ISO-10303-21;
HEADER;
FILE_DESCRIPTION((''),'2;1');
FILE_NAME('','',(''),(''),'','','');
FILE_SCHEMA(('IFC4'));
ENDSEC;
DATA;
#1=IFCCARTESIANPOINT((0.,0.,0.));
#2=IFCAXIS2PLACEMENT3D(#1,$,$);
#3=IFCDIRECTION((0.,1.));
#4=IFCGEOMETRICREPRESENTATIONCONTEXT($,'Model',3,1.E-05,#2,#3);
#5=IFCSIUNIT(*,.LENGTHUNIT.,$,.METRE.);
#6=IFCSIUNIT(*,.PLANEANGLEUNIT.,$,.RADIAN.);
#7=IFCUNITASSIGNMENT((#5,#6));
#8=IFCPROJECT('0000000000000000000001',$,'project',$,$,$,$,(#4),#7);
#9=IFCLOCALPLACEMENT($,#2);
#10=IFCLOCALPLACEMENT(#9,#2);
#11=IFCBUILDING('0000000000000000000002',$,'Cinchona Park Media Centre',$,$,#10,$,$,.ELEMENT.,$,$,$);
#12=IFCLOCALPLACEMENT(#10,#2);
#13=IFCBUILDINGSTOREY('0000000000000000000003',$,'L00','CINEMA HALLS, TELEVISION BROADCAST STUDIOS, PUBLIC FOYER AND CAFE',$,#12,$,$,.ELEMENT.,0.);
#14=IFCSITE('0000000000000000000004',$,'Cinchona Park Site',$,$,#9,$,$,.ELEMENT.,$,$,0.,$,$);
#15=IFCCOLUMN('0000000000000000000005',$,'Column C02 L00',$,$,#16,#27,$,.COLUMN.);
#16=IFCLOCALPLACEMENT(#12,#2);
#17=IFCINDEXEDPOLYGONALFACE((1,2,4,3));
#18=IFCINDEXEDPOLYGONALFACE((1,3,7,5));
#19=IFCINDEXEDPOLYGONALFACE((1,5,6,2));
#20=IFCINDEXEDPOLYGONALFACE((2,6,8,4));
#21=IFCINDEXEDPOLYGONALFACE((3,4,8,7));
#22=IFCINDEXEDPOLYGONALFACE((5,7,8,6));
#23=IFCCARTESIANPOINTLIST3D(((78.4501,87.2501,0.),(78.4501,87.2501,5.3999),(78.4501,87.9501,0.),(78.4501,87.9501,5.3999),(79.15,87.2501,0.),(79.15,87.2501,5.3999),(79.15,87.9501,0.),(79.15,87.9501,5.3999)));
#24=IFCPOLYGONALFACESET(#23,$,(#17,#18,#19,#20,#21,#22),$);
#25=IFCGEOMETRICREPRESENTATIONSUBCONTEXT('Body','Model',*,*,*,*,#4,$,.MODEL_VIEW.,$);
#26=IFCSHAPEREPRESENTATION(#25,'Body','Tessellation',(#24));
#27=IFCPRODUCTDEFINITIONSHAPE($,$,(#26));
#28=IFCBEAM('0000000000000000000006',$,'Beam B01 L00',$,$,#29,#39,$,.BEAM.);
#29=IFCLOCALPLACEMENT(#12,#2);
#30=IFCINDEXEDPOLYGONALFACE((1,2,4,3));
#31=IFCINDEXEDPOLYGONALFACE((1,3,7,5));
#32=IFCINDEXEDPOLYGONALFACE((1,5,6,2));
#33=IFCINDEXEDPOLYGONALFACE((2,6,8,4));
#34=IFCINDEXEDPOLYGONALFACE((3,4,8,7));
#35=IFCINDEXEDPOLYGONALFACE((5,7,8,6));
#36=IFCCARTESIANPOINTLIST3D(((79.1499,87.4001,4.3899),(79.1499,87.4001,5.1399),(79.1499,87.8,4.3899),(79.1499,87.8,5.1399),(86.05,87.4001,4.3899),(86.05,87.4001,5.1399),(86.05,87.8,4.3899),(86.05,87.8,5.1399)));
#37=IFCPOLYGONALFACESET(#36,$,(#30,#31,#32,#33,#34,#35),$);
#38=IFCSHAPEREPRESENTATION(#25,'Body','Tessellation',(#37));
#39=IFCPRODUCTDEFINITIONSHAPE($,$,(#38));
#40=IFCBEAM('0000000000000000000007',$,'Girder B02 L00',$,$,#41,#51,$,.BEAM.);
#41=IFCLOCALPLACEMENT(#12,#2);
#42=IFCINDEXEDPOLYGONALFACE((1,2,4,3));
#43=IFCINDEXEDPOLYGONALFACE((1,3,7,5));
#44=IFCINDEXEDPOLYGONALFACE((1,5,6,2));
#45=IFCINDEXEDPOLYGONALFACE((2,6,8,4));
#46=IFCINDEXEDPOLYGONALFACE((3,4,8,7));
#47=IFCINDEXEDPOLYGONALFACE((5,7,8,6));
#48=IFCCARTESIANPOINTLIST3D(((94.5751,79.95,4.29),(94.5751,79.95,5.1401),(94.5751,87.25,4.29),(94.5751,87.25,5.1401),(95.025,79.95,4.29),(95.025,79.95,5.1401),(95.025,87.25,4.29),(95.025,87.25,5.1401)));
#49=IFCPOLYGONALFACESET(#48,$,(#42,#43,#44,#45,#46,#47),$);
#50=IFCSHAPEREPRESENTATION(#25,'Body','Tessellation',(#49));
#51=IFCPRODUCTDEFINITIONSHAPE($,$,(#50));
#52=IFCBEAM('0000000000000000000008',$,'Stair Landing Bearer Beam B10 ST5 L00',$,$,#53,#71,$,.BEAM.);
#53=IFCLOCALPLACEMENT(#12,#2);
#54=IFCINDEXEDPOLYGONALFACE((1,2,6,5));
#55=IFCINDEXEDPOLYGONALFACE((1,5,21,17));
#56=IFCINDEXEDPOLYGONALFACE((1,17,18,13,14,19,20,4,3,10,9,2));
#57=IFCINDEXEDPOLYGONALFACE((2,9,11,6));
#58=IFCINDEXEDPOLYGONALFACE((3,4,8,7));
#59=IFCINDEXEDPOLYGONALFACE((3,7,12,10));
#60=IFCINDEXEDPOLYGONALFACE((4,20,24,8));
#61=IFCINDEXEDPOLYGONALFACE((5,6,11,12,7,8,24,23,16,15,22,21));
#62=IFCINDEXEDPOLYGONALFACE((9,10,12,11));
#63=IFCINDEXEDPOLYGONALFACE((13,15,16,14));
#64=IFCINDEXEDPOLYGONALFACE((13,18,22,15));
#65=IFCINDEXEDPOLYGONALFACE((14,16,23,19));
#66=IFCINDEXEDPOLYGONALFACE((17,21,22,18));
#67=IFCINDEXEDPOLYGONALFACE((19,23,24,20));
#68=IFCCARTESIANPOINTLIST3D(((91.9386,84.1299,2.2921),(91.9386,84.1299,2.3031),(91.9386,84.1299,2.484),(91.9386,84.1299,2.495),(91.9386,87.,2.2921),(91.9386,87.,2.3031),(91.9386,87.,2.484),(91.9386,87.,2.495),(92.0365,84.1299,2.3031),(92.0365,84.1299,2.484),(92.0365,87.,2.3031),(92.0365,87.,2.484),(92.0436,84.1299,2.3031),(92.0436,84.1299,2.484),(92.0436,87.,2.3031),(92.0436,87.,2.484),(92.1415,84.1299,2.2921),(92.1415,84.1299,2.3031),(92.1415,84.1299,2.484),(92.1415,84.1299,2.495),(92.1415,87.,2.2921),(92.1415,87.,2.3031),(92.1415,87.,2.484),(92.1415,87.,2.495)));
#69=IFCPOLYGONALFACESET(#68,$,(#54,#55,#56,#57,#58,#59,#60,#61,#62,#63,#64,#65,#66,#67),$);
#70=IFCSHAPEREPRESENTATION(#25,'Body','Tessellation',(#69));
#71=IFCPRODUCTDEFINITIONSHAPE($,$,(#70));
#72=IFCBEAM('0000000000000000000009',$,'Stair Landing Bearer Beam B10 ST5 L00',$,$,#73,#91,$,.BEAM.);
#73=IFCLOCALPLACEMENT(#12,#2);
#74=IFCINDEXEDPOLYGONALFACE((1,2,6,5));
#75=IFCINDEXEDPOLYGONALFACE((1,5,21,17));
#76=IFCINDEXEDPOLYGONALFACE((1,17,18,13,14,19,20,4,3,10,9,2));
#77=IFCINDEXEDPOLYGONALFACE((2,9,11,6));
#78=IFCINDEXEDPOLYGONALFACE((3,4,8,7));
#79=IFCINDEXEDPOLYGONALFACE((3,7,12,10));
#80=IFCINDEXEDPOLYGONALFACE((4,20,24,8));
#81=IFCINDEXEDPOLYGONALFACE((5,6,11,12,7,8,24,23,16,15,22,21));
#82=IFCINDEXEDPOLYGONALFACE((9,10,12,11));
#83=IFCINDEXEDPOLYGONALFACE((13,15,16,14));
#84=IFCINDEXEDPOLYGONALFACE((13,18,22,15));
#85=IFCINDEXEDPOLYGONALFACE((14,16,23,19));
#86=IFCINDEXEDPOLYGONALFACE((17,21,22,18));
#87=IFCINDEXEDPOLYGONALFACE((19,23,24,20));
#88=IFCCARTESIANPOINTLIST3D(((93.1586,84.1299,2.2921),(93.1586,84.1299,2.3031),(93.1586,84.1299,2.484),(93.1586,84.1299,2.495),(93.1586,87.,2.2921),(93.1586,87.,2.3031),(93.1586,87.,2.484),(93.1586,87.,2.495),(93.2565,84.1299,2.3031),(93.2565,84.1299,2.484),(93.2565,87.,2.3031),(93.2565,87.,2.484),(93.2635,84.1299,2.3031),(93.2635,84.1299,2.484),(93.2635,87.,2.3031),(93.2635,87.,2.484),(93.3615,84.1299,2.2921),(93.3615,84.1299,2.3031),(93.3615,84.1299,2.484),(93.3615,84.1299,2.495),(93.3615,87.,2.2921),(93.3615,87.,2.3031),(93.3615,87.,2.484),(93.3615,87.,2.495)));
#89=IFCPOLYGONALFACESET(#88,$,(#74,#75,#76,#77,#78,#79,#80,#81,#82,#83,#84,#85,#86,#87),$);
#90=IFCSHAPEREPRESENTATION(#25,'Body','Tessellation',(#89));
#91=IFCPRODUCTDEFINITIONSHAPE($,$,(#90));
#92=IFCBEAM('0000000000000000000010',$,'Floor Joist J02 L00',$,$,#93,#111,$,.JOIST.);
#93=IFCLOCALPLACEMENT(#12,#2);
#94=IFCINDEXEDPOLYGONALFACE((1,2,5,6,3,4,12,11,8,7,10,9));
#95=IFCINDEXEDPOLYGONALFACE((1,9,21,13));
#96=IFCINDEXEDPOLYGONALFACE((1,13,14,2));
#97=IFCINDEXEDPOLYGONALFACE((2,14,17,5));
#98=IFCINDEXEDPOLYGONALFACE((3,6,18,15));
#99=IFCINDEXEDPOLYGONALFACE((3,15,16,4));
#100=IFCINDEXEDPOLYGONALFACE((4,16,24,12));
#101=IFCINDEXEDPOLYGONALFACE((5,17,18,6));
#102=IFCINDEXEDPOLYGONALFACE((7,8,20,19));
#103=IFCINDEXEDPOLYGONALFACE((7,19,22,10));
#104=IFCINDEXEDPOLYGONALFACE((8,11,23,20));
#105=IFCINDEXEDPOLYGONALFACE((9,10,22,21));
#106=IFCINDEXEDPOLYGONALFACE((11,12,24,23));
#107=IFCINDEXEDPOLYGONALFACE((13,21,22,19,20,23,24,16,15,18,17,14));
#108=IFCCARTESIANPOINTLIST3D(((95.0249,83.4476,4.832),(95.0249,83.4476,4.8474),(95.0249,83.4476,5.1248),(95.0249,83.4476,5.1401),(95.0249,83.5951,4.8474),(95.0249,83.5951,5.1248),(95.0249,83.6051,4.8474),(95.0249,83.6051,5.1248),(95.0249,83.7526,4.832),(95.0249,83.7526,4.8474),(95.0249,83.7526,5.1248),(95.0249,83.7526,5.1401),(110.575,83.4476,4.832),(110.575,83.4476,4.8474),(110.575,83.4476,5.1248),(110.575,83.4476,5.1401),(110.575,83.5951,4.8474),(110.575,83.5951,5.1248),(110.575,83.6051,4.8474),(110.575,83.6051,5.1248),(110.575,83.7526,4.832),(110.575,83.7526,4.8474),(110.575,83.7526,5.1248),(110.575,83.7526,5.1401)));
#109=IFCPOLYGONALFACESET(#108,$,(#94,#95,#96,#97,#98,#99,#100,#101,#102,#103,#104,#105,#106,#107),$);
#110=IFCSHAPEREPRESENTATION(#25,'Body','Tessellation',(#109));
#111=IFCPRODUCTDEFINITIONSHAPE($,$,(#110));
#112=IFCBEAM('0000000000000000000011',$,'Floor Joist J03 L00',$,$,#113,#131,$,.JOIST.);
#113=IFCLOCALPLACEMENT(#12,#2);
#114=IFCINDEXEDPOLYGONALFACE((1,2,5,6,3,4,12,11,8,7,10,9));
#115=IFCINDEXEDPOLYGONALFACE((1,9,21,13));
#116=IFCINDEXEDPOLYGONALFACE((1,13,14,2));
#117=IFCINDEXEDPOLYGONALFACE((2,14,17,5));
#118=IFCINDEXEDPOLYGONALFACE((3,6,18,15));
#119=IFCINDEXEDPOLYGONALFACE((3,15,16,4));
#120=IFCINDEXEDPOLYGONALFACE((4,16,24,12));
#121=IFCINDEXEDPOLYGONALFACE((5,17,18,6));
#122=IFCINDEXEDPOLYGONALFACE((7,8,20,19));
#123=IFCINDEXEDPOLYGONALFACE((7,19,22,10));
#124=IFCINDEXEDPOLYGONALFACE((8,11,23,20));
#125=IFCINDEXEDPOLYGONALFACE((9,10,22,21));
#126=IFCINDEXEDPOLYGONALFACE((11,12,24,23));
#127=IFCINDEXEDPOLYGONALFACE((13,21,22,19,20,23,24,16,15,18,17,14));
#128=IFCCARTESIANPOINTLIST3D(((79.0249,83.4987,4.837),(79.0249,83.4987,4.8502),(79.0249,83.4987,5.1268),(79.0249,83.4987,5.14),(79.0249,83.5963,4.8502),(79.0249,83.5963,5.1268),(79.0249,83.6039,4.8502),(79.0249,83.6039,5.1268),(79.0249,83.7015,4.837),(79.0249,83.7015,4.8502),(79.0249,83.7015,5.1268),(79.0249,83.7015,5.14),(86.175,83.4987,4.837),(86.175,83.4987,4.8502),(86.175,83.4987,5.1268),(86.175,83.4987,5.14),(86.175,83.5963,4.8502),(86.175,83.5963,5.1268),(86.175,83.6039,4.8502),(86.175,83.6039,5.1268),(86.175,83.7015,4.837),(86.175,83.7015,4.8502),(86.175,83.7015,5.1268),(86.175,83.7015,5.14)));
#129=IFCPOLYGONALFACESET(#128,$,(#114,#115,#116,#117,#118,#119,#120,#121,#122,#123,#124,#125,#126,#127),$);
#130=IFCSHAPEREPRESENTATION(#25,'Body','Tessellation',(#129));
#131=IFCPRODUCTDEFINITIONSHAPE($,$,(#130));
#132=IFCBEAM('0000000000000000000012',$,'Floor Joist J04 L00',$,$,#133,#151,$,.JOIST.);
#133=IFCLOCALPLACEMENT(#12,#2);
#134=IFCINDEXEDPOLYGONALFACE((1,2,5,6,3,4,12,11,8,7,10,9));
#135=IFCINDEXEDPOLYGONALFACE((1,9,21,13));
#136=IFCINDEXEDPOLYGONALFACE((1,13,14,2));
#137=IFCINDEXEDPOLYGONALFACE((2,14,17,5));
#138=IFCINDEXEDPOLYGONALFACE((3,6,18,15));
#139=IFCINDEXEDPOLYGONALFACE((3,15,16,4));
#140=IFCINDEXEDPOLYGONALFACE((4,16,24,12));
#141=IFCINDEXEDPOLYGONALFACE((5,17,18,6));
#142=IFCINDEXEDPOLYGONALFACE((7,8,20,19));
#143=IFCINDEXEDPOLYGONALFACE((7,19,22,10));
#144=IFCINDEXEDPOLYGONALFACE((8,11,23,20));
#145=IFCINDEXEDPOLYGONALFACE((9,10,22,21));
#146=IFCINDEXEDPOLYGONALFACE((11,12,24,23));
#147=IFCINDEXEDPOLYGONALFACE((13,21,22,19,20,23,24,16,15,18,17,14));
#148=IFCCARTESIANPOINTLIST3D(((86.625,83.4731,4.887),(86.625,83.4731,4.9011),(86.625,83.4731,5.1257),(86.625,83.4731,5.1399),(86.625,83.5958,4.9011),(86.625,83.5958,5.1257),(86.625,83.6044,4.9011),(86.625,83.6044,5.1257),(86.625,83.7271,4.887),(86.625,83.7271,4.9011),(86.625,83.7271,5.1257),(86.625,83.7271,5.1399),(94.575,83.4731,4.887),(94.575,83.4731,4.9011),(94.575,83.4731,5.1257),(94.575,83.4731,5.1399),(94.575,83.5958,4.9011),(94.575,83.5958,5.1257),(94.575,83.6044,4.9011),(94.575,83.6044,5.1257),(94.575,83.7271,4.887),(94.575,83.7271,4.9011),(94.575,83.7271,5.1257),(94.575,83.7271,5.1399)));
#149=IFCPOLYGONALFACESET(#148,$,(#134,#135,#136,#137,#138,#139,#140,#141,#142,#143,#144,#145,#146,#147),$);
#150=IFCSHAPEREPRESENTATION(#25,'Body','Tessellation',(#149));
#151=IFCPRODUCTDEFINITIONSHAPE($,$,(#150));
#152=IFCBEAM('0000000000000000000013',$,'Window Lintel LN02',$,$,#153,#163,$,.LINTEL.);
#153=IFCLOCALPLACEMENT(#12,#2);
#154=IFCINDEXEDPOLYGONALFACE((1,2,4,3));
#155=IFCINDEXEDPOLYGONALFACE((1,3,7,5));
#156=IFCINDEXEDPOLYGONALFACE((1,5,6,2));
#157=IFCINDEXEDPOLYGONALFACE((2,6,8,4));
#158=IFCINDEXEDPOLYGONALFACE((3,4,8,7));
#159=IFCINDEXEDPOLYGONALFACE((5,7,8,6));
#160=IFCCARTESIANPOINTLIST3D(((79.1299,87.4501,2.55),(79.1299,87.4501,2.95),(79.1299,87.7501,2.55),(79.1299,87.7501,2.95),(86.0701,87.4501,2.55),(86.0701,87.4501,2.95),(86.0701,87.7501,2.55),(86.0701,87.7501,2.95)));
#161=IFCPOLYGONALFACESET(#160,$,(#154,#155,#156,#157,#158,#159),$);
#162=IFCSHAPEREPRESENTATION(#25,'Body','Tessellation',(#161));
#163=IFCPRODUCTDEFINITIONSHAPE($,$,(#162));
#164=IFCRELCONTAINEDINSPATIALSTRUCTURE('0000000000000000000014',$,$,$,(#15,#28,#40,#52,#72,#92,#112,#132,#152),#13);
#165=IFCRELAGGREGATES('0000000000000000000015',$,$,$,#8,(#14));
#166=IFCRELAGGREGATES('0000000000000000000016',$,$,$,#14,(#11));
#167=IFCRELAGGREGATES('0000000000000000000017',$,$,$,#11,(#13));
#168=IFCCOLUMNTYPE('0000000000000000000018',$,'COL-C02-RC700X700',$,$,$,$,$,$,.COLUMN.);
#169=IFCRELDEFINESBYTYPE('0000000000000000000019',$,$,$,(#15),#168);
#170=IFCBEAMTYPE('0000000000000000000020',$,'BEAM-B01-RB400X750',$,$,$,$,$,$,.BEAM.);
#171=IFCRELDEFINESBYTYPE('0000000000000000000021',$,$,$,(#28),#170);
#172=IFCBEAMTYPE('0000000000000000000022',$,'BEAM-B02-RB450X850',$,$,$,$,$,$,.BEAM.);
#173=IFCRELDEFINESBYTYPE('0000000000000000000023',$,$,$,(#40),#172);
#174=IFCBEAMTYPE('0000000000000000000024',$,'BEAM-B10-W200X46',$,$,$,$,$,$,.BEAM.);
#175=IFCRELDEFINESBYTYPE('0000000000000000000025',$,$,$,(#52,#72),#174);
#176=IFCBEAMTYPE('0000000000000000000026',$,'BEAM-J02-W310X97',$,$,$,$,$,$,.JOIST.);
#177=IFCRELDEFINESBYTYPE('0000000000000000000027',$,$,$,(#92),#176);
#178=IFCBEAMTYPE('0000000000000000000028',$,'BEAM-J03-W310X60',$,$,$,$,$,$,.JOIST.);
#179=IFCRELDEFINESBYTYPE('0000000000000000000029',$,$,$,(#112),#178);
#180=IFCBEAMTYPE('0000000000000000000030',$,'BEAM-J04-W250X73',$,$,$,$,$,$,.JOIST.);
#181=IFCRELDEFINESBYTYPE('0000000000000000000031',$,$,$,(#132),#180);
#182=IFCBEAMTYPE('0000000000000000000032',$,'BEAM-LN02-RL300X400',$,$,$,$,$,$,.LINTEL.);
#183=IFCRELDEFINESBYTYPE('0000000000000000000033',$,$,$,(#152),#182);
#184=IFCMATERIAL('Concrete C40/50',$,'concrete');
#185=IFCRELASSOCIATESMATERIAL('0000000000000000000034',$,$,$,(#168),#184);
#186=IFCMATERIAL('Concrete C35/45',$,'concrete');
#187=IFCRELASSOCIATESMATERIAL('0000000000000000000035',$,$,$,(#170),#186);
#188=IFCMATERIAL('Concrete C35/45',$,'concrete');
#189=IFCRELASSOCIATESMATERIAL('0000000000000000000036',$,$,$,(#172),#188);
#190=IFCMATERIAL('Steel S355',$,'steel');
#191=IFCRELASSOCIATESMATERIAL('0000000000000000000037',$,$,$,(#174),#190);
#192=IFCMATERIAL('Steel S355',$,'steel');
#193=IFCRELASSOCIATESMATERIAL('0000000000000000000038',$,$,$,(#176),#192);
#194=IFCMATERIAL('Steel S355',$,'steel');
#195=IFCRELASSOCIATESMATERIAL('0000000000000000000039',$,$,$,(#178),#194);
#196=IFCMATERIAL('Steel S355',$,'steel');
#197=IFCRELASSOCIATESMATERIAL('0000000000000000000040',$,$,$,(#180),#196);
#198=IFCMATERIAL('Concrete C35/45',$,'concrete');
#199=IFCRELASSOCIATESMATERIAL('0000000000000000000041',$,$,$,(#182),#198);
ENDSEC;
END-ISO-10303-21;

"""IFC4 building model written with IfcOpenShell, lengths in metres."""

from ifc_helpers import new_model, si_unit, direction, frame, origin, origin_2d, place, context, subcontext, project, spatial, rectangle, i_section, extrude, material, material_profile, profile_set, type_object, element, save


model = new_model("IFC4")

# Units and contexts
model_context = context("Model", 3, precision=1e-05, world=origin(), true_north=direction((0.0, 1.0)))
body_context = subcontext(model_context, "Body", "Model", "MODEL_VIEW")
ifc_project = project(units=[si_unit("LENGTHUNIT", "METRE"), si_unit("PLANEANGLEUNIT", "RADIAN")], contexts=[model_context])

# Site, building, storey
site_placement = place(None, origin())
site = spatial("IfcSite", under=ifc_project, at=site_placement, Name="Cinchona Park Site", CompositionType="ELEMENT", RefElevation=0.0)
building_placement = place(site_placement, origin())
building = spatial("IfcBuilding", under=site, at=building_placement, Name="Cinchona Park Media Centre", CompositionType="ELEMENT")
storey_placement = place(building_placement, origin())
storey = spatial("IfcBuildingStorey", under=building, at=storey_placement, Name="L00", Description="CINEMA HALLS, TELEVISION BROADCAST STUDIOS, PUBLIC FOYER AND CAFE", CompositionType="ELEMENT", Elevation=0.0)

# Column
ifc_material_1 = material(Name="Concrete C40/50", Category="concrete")
ifc_material_profile_1 = material_profile(ifc_material_1, rectangle(XDim=0.7, YDim=0.7, at=origin_2d()), Name="RC 700X700")
ifc_profile_set_1 = profile_set([ifc_material_profile_1], Name="Concrete C40/50")
column_type = type_object("IfcColumnType", Name="COL-C02-RC700X700", PredefinedType="COLUMN", material=ifc_profile_set_1)
column_placement = place(storey_placement, frame((78.8, 87.6001, 0.0), z_axis=(0.0, 0.0, 1.0), x_axis=(1.0, 0.0, 0.0)))
element("IfcColumn", 1, at=column_placement, inside=storey, type_object=column_type, Name="Column C02 L00", PredefinedType="COLUMN", context=body_context, shape_type="SweptSolid", body=[
    extrude(rectangle(XDim=0.7, YDim=0.7, at=origin_2d()), origin(), (0.0, 0.0, 1.0), 5.3999),
])

# Beams
ifc_material_2 = material(Name="Concrete C35/45", Category="concrete")
ifc_material_profile_2 = material_profile(ifc_material_2, rectangle(XDim=0.3999, YDim=0.75, at=origin_2d()), Name="RB 400X750")
ifc_profile_set_2 = profile_set([ifc_material_profile_2], Name="Concrete C35/45")
beam_type_1 = type_object("IfcBeamType", Name="BEAM-B01-RB400X750", PredefinedType="BEAM", material=ifc_profile_set_2)
beam_1_placement = place(storey_placement, frame((79.1499, 87.6001, 4.7649), z_axis=(1.0, 0.0, 0.0), x_axis=(0.0, 1.0, 0.0)))
element("IfcBeam", 2, at=beam_1_placement, inside=storey, type_object=beam_type_1, Name="Beam B01 L00", PredefinedType="BEAM", context=body_context, shape_type="SweptSolid", body=[
    extrude(rectangle(XDim=0.3999, YDim=0.75, at=origin_2d()), origin(), (0.0, 0.0, 1.0), 6.9001),
])
ifc_material_3 = material(Name="Concrete C35/45", Category="concrete")
ifc_material_profile_3 = material_profile(ifc_material_3, rectangle(XDim=0.45, YDim=0.8501, at=origin_2d()), Name="RB 450X850")
ifc_profile_set_3 = profile_set([ifc_material_profile_3], Name="Concrete C35/45")
beam_type_2 = type_object("IfcBeamType", Name="BEAM-B02-RB450X850", PredefinedType="BEAM", material=ifc_profile_set_3)
beam_2_placement = place(storey_placement, frame((94.8, 79.95, 4.7151), z_axis=(0.0, 1.0, 0.0), x_axis=(-1.0, 0.0, 0.0)))
element("IfcBeam", 3, at=beam_2_placement, inside=storey, type_object=beam_type_2, Name="Girder B02 L00", PredefinedType="BEAM", context=body_context, shape_type="SweptSolid", body=[
    extrude(rectangle(XDim=0.45, YDim=0.8501, at=origin_2d()), origin(), (0.0, 0.0, 1.0), 7.3),
])
ifc_material_4 = material(Name="Steel S355", Category="steel")
ifc_material_profile_4 = material_profile(ifc_material_4, i_section(OverallWidth=0.2029, OverallDepth=0.2029, WebThickness=0.0071, FlangeThickness=0.011, at=origin_2d()), Name="W200X46")
ifc_profile_set_4 = profile_set([ifc_material_profile_4], Name="Steel S355")
beam_type_3 = type_object("IfcBeamType", Name="BEAM-B10-W200X46", PredefinedType="BEAM", material=ifc_profile_set_4)
for number, where, z_axis, x_axis, name in (
    (4, (92.04, 84.1299, 2.3936), (0.0, 1.0, 0.0), (-1.0, 0.0, 0.0), "Stair Landing Bearer Beam B10 ST5 L00"),
    (5, (93.26, 84.1299, 2.3936), (0.0, 1.0, 0.0), (-1.0, 0.0, 0.0), "Stair Landing Bearer Beam B10 ST5 L00"),
):
    element("IfcBeam", number, at=place(storey_placement, frame(where, z_axis=z_axis, x_axis=x_axis)), inside=storey, type_object=beam_type_3, Name=name, PredefinedType="BEAM", context=body_context, shape_type="SweptSolid", body=[
        extrude(i_section(OverallWidth=0.2029, OverallDepth=0.2029, WebThickness=0.0071, FlangeThickness=0.011, at=origin_2d()), origin(), (0.0, 0.0, 1.0), 2.8701),
    ])
ifc_material_5 = material(Name="Steel S355", Category="steel")
ifc_material_profile_5 = material_profile(ifc_material_5, i_section(OverallWidth=0.3049, OverallDepth=0.3081, WebThickness=0.01, FlangeThickness=0.0154, at=origin_2d()), Name="W310X97")
ifc_profile_set_5 = profile_set([ifc_material_profile_5], Name="Steel S355")
beam_type_4 = type_object("IfcBeamType", Name="BEAM-J02-W310X97", PredefinedType="JOIST", material=ifc_profile_set_5)
beam_3_placement = place(storey_placement, frame((95.0249, 83.6001, 4.9861), z_axis=(1.0, 0.0, 0.0), x_axis=(0.0, 1.0, 0.0)))
element("IfcBeam", 6, at=beam_3_placement, inside=storey, type_object=beam_type_4, Name="Floor Joist J02 L00", PredefinedType="JOIST", context=body_context, shape_type="SweptSolid", body=[
    extrude(i_section(OverallWidth=0.3049, OverallDepth=0.3081, WebThickness=0.01, FlangeThickness=0.0154, at=origin_2d()), origin(), (0.0, 0.0, 1.0), 15.55),
])
ifc_material_6 = material(Name="Steel S355", Category="steel")
ifc_material_profile_6 = material_profile(ifc_material_6, i_section(OverallWidth=0.2029, OverallDepth=0.303, WebThickness=0.0076, FlangeThickness=0.0132, at=origin_2d()), Name="W310X60")
ifc_profile_set_6 = profile_set([ifc_material_profile_6], Name="Steel S355")
beam_type_5 = type_object("IfcBeamType", Name="BEAM-J03-W310X60", PredefinedType="JOIST", material=ifc_profile_set_6)
beam_4_placement = place(storey_placement, frame((79.0249, 83.6001, 4.9885), z_axis=(1.0, 0.0, 0.0), x_axis=(0.0, 1.0, 0.0)))
element("IfcBeam", 7, at=beam_4_placement, inside=storey, type_object=beam_type_5, Name="Floor Joist J03 L00", PredefinedType="JOIST", context=body_context, shape_type="SweptSolid", body=[
    extrude(i_section(OverallWidth=0.2029, OverallDepth=0.303, WebThickness=0.0076, FlangeThickness=0.0132, at=origin_2d()), origin(), (0.0, 0.0, 1.0), 7.1501),
])
ifc_material_7 = material(Name="Steel S355", Category="steel")
ifc_material_profile_7 = material_profile(ifc_material_7, i_section(OverallWidth=0.2539, OverallDepth=0.2529, WebThickness=0.0085, FlangeThickness=0.0142, at=origin_2d()), Name="W250X73")
ifc_profile_set_7 = profile_set([ifc_material_profile_7], Name="Steel S355")
beam_type_6 = type_object("IfcBeamType", Name="BEAM-J04-W250X73", PredefinedType="JOIST", material=ifc_profile_set_7)
beam_5_placement = place(storey_placement, frame((86.625, 83.6001, 5.0134), z_axis=(1.0, 0.0, 0.0), x_axis=(0.0, 1.0, 0.0)))
element("IfcBeam", 8, at=beam_5_placement, inside=storey, type_object=beam_type_6, Name="Floor Joist J04 L00", PredefinedType="JOIST", context=body_context, shape_type="SweptSolid", body=[
    extrude(i_section(OverallWidth=0.2539, OverallDepth=0.2529, WebThickness=0.0085, FlangeThickness=0.0142, at=origin_2d()), origin(), (0.0, 0.0, 1.0), 7.95),
])
ifc_material_8 = material(Name="Concrete C35/45", Category="concrete")
ifc_material_profile_8 = material_profile(ifc_material_8, rectangle(XDim=0.3, YDim=0.3999, at=origin_2d()), Name="RL 300X400")
ifc_profile_set_8 = profile_set([ifc_material_profile_8], Name="Concrete C35/45")
beam_type_7 = type_object("IfcBeamType", Name="BEAM-LN02-RL300X400", PredefinedType="LINTEL", material=ifc_profile_set_8)
beam_6_placement = place(storey_placement, frame((79.1299, 87.6001, 2.75), z_axis=(1.0, 0.0, 0.0), x_axis=(0.0, 1.0, 0.0)))
element("IfcBeam", 9, at=beam_6_placement, inside=storey, type_object=beam_type_7, Name="Window Lintel LN02", PredefinedType="LINTEL", context=body_context, shape_type="SweptSolid", body=[
    extrude(rectangle(XDim=0.3, YDim=0.3999, at=origin_2d()), origin(), (0.0, 0.0, 1.0), 6.9402),
])

save(model, "model.ifc")
